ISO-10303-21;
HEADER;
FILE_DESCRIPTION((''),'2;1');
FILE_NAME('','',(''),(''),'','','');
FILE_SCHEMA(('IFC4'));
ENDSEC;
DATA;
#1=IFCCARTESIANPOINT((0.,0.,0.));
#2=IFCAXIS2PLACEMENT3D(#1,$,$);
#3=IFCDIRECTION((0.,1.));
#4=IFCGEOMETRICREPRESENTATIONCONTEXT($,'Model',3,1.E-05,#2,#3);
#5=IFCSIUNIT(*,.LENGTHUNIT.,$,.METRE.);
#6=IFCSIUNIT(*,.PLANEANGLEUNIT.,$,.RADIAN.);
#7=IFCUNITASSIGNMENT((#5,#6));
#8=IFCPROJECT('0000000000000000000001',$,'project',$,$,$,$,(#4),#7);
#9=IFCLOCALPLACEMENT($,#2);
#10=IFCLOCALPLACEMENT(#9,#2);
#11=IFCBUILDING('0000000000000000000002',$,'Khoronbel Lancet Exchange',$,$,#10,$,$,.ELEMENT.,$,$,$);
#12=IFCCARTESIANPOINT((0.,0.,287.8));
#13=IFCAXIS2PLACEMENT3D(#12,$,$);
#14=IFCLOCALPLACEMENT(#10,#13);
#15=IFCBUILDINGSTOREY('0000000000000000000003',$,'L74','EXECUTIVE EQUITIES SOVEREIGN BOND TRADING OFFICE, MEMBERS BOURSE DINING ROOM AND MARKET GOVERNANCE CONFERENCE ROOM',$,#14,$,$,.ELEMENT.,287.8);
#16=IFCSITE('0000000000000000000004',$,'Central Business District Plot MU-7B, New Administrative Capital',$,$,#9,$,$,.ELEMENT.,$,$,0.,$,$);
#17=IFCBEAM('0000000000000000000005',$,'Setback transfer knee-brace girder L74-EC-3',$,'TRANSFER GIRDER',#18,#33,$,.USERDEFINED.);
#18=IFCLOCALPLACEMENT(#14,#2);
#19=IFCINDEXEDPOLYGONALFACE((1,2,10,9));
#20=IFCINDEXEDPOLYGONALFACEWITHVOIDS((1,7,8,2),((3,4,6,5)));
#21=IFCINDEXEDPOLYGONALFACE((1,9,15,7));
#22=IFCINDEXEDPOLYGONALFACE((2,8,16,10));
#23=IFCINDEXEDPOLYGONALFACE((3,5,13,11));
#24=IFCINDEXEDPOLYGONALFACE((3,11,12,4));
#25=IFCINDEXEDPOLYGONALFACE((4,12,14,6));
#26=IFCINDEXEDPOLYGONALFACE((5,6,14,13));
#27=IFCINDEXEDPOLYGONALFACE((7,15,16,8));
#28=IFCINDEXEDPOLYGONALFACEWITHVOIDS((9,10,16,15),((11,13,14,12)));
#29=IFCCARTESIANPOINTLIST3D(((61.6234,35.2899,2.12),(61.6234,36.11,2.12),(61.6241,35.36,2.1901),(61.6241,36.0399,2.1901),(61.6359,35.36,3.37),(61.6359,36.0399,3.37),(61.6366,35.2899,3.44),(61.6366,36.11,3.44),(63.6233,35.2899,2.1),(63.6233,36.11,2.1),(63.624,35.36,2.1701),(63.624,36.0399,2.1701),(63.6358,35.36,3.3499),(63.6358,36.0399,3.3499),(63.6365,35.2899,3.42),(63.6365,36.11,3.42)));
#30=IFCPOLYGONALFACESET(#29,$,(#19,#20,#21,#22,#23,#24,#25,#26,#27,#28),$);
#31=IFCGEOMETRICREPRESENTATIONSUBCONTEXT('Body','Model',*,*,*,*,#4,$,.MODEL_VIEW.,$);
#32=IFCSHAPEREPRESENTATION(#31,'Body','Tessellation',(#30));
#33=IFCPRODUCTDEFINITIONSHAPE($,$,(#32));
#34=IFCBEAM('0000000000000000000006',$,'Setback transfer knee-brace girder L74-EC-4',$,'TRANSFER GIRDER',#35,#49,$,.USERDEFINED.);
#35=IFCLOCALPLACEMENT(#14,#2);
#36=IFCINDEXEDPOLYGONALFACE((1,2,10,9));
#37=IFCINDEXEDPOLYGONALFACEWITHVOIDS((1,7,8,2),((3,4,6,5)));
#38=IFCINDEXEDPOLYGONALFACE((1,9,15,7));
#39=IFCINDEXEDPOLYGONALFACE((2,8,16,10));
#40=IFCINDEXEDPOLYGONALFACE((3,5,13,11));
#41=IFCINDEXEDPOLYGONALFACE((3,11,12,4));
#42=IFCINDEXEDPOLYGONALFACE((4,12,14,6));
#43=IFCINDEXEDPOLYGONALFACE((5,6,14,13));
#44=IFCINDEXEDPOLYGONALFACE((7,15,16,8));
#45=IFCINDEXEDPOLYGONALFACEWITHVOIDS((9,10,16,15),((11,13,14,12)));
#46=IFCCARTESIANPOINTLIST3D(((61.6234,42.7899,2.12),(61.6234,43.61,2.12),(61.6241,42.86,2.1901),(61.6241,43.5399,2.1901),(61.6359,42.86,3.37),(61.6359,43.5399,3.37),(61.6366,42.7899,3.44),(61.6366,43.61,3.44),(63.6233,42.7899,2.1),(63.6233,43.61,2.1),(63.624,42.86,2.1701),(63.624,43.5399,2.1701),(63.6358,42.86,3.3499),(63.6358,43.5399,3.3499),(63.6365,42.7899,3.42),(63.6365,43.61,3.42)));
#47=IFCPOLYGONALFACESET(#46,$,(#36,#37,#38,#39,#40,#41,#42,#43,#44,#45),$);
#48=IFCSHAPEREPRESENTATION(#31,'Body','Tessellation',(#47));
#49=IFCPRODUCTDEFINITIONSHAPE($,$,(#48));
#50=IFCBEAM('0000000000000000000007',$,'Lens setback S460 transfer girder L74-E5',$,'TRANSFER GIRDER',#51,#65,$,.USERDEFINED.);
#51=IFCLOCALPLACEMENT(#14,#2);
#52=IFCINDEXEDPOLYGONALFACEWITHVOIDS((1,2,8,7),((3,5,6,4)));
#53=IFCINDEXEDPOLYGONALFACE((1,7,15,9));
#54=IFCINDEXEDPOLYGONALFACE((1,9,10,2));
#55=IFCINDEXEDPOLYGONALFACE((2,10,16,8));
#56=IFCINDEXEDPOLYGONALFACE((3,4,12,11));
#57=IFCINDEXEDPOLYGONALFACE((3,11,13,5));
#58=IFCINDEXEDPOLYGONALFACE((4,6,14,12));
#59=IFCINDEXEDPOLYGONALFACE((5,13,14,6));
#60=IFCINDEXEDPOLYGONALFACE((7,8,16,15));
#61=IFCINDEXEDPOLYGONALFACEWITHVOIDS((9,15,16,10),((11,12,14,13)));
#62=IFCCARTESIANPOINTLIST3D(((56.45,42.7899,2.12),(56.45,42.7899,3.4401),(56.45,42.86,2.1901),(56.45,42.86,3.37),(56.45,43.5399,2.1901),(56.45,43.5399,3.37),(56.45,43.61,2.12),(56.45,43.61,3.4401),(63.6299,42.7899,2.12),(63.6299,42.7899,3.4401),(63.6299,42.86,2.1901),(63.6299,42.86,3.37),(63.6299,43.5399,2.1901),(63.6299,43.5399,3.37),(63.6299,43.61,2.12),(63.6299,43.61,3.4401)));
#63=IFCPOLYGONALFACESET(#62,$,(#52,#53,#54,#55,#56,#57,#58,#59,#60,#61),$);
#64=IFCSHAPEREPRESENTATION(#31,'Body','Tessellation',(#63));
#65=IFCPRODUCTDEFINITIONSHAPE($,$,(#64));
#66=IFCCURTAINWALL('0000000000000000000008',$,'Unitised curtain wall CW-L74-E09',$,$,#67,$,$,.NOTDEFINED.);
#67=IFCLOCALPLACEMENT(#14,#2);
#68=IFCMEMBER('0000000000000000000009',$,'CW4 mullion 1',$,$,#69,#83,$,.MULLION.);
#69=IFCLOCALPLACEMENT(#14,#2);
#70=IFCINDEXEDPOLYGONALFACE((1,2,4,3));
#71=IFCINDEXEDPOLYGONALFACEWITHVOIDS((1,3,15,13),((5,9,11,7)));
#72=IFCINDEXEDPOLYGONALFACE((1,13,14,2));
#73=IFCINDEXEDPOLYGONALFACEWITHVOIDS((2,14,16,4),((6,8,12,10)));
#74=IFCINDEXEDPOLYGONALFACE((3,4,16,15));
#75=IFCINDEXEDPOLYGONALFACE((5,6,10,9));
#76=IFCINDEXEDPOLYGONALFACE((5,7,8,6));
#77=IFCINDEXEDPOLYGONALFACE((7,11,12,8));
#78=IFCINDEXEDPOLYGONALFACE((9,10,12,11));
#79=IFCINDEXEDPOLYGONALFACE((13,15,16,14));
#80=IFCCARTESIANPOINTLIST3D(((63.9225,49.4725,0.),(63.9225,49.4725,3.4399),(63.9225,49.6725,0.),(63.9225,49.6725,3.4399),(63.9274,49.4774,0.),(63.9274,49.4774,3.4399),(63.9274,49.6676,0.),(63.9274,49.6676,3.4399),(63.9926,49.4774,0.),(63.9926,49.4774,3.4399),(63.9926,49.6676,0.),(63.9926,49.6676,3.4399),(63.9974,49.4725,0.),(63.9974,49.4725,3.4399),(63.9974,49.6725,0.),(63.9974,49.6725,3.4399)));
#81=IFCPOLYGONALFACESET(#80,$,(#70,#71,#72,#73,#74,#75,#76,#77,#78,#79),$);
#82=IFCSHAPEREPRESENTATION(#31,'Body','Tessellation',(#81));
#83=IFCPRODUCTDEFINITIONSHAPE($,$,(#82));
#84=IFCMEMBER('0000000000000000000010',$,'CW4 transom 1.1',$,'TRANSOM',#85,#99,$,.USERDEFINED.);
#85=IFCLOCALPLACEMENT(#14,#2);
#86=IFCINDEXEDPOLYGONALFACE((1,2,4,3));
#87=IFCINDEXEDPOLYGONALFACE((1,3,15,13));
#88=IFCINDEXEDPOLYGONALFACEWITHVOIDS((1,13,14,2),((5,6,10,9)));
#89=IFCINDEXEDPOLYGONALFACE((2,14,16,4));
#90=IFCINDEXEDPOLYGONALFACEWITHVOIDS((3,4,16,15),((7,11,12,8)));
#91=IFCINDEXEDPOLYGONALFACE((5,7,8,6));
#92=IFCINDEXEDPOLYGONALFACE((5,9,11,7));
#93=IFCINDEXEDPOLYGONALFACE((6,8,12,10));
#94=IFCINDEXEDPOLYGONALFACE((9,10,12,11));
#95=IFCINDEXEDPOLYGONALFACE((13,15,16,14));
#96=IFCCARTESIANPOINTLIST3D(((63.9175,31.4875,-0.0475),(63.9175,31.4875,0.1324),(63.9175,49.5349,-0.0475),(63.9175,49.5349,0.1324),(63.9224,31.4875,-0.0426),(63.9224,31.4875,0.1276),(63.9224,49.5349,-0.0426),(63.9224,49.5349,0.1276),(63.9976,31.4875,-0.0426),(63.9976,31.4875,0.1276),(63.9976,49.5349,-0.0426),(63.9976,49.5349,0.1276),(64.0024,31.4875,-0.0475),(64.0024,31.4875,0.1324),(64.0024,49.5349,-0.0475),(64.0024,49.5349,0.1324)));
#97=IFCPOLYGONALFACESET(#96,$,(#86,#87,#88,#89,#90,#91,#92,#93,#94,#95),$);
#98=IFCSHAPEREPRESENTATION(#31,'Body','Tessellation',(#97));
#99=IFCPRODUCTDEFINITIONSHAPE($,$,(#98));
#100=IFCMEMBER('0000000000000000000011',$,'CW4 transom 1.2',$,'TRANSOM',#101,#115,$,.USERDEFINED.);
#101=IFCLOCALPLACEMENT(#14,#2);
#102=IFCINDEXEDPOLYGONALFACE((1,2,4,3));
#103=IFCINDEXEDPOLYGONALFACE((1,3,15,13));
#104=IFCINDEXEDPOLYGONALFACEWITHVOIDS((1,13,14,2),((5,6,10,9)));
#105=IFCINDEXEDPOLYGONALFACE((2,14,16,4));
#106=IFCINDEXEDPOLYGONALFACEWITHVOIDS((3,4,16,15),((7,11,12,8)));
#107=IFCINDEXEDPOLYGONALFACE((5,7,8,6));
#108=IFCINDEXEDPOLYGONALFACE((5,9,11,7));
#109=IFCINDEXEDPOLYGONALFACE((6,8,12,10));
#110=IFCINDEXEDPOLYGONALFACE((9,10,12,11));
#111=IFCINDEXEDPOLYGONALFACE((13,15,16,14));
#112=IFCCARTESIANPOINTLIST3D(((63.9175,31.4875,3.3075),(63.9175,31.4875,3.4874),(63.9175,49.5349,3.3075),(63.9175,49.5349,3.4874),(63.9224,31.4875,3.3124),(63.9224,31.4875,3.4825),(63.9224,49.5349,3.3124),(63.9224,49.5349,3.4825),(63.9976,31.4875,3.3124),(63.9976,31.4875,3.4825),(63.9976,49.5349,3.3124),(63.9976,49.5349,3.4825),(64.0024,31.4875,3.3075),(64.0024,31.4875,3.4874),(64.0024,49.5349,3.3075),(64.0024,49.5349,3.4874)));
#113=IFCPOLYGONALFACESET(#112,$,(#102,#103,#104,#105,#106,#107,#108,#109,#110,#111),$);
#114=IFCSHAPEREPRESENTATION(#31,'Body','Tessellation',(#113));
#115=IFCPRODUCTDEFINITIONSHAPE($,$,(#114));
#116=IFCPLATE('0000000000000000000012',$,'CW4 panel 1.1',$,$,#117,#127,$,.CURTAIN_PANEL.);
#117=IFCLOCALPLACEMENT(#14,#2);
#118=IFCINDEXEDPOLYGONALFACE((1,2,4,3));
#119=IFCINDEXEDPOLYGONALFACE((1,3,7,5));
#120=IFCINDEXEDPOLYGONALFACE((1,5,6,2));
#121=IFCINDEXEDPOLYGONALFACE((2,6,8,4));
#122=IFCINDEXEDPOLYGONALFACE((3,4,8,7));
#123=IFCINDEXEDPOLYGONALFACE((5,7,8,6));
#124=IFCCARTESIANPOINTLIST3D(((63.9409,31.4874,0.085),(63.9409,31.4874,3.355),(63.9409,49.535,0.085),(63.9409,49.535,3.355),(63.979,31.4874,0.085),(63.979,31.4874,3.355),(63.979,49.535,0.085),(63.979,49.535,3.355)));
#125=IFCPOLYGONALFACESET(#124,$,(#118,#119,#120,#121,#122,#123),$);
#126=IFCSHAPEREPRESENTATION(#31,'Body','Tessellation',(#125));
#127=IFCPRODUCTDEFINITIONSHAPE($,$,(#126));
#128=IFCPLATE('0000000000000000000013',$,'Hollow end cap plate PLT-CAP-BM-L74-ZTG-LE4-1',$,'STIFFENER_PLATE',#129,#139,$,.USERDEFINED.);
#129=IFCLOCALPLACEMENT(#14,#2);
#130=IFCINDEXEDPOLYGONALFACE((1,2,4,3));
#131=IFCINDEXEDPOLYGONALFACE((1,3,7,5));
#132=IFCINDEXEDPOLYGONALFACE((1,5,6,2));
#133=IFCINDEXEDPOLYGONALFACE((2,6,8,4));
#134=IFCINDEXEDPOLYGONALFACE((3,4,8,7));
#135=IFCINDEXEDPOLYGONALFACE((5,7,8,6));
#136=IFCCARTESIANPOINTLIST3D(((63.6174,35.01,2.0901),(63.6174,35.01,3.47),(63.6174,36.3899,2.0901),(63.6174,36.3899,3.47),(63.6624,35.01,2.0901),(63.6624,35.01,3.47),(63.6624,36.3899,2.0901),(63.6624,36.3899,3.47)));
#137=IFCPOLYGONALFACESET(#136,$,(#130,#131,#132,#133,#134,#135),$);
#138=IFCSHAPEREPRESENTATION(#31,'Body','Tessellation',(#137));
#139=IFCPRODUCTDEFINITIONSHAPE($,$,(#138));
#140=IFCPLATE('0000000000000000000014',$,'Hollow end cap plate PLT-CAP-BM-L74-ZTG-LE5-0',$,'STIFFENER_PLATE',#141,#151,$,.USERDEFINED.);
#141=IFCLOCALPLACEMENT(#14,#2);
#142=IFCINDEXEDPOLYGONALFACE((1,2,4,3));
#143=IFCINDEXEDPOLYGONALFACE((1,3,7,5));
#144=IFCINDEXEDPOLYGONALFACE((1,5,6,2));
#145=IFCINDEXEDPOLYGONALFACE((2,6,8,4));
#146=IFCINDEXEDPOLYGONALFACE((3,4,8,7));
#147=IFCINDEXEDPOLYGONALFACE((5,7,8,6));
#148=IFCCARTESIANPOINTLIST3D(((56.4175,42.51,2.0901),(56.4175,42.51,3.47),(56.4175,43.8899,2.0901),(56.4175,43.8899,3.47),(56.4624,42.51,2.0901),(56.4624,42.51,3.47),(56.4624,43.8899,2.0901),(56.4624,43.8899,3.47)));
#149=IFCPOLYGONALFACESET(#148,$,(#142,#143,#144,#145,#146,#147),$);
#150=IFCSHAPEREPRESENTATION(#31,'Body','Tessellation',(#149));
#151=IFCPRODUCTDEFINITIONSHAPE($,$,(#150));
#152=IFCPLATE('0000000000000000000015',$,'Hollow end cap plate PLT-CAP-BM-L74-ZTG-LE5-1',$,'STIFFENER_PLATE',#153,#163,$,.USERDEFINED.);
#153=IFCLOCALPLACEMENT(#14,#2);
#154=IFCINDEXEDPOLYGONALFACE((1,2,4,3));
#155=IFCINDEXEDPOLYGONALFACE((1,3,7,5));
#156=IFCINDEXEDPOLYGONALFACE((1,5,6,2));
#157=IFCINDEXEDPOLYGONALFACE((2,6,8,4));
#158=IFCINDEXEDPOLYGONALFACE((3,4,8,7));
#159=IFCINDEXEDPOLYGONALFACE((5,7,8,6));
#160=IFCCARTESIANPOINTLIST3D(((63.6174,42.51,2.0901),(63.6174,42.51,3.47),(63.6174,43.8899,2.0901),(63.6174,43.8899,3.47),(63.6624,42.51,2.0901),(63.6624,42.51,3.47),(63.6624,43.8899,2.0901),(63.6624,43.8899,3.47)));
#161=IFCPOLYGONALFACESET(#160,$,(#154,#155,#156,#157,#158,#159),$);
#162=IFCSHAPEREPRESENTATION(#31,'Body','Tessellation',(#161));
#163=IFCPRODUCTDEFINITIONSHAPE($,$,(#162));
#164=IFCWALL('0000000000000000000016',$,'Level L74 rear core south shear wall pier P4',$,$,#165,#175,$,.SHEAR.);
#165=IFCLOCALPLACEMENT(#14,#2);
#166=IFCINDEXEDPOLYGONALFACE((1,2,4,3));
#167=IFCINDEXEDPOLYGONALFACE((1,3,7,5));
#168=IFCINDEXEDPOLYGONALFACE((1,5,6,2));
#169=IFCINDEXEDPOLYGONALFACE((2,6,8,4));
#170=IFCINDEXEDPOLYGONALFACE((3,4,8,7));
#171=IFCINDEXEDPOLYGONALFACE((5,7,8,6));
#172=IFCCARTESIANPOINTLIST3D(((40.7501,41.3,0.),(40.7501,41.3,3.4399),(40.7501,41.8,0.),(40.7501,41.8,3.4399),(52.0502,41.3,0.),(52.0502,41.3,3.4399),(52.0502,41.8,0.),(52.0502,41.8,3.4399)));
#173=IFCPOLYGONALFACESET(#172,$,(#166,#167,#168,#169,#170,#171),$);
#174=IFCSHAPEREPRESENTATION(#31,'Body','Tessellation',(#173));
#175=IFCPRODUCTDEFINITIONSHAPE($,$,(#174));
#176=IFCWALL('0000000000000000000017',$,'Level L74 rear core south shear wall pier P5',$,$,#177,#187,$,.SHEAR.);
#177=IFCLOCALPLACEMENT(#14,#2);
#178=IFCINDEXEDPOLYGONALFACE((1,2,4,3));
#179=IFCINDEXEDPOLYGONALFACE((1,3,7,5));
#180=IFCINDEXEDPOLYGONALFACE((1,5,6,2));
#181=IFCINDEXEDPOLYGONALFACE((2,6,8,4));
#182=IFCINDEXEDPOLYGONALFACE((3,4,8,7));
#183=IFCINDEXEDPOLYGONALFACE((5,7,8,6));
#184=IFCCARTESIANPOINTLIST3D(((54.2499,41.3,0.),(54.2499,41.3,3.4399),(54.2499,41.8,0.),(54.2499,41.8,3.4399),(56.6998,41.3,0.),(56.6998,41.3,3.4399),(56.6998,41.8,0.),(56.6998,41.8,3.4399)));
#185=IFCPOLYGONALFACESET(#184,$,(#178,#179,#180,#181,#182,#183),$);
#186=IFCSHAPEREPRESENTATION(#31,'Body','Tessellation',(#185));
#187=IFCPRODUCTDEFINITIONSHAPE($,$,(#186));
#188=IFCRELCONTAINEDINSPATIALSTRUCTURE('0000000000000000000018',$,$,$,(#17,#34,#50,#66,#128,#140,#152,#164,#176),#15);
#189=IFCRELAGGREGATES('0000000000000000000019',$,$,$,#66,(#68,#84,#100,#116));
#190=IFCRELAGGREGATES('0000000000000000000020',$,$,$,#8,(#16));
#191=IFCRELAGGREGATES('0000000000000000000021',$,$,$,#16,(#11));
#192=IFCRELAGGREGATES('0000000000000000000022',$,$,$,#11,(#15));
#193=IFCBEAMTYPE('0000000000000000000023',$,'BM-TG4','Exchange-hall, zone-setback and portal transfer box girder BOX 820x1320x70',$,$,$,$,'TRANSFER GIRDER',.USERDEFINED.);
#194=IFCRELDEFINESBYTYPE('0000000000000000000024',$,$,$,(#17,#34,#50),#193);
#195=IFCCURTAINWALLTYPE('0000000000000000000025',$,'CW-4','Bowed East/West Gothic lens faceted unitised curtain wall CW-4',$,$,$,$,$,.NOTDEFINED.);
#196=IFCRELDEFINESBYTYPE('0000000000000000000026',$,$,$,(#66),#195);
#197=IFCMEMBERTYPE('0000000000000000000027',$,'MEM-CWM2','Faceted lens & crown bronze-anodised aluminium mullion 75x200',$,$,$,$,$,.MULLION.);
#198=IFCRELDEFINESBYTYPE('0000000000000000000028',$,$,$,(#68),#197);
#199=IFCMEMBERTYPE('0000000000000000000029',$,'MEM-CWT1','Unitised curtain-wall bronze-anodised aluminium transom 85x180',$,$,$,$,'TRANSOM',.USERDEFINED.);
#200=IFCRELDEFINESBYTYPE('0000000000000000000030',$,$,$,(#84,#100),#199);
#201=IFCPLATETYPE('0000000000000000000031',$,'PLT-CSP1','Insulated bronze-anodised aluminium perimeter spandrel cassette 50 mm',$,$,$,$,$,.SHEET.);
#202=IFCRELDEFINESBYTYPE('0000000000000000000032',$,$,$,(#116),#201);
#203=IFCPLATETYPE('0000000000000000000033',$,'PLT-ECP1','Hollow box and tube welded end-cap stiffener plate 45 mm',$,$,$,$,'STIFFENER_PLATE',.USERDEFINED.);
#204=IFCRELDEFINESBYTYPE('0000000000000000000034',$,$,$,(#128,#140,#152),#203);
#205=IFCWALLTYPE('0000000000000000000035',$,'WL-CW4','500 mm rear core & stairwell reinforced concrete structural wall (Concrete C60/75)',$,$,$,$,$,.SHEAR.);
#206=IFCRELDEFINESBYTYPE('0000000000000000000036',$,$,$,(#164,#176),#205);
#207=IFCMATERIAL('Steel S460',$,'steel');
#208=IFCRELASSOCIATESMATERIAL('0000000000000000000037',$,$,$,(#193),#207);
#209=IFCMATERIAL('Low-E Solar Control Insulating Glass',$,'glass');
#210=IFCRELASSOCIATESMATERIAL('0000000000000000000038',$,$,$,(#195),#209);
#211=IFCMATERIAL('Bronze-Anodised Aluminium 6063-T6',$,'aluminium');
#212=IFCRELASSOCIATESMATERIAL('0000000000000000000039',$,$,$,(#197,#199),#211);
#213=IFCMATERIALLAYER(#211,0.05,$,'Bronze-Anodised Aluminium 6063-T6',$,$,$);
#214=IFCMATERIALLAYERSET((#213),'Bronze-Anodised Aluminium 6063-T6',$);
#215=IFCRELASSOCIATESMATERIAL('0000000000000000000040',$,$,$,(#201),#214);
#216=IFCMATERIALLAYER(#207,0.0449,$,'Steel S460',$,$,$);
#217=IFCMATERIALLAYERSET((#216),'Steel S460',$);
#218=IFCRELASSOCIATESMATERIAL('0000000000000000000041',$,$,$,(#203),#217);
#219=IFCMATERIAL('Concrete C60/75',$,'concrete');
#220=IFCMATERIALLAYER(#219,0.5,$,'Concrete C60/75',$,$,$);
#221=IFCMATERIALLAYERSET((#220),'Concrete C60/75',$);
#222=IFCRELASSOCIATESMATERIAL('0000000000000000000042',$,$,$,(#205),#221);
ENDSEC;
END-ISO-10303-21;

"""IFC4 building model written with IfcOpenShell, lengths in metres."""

from ifc_helpers import new_model, si_unit, direction, frame, frame_2d, origin, origin_2d, place, context, subcontext, project, spatial, rectangle, hollow_rectangle, extrude, material, layer, layer_set, material_profile, profile_set, type_object, element, aggregate, save


model = new_model("IFC4")

# Units and contexts
model_context = context("Model", 3, precision=1e-05, world=origin(), true_north=direction((0.0, 1.0)))
body_context = subcontext(model_context, "Body", "Model", "MODEL_VIEW")
ifc_project = project(units=[si_unit("LENGTHUNIT", "METRE"), si_unit("PLANEANGLEUNIT", "RADIAN")], contexts=[model_context])

# Site, building, storey
site_placement = place(None, origin())
site = spatial("IfcSite", under=ifc_project, at=site_placement, Name="Central Business District Plot MU-7B, New Administrative Capital", CompositionType="ELEMENT", RefElevation=0.0)
building_placement = place(site_placement, origin())
building = spatial("IfcBuilding", under=site, at=building_placement, Name="Khoronbel Lancet Exchange", CompositionType="ELEMENT")
storey_placement = place(building_placement, frame((0.0, 0.0, 287.8)))
storey = spatial("IfcBuildingStorey", under=building, at=storey_placement, Name="L74", Description="EXECUTIVE EQUITIES SOVEREIGN BOND TRADING OFFICE, MEMBERS BOURSE DINING ROOM AND MARKET GOVERNANCE CONFERENCE ROOM", CompositionType="ELEMENT", Elevation=287.8)

# Beams
ifc_material_1 = material(Name="Concrete C60/75", Category="concrete")
ifc_material_2 = material(Name="Steel S460", Category="steel")
ifc_material_profile_1 = material_profile(ifc_material_2, hollow_rectangle(XDim=0.8201, YDim=1.3201, WallThickness=0.0701, at=origin_2d()), Name="BOX 820x1320x70")
ifc_profile_set_1 = profile_set([ifc_material_profile_1], Name="Steel S460")
beam_type_1 = type_object("IfcBeamType", Name="BM-TG4", Description="Exchange-hall, zone-setback and portal transfer box girder BOX 820x1320x70", ElementType="TRANSFER GIRDER", PredefinedType="USERDEFINED", material=ifc_profile_set_1)
for number, where, z_axis, x_axis, name in (
    (1, (63.6299, 35.7, 2.76), (-0.99995, 0.0, 0.010009), (0.0, -1.0, 0.0), "Setback transfer knee-brace girder L74-EC-3"),
    (2, (63.6299, 43.2, 2.76), (-0.99995, 0.0, 0.010009), (0.0, -1.0, 0.0), "Setback transfer knee-brace girder L74-EC-4"),
):
    element("IfcBeam", number, at=place(storey_placement, frame(where, z_axis=z_axis, x_axis=x_axis)), inside=storey, type_object=beam_type_1, Name=name, ObjectType="TRANSFER GIRDER", PredefinedType="USERDEFINED", context=body_context, shape_type="SweptSolid", body=[
        extrude(hollow_rectangle(XDim=0.8201, YDim=1.3201, WallThickness=0.0701, at=origin_2d()), origin(), (0.0, 0.0, 1.0), 2.0),
    ])
beam_1_placement = place(storey_placement, frame((56.45, 43.2, 2.78), z_axis=(1.0, 0.0, 0.0), x_axis=(0.0, 1.0, 0.0)))
element("IfcBeam", 3, at=beam_1_placement, inside=storey, type_object=beam_type_1, Name="Lens setback S460 transfer girder L74-E5", ObjectType="TRANSFER GIRDER", PredefinedType="USERDEFINED", context=body_context, shape_type="SweptSolid", body=[
    extrude(hollow_rectangle(XDim=0.8201, YDim=1.3201, WallThickness=0.0701, at=origin_2d()), origin(), (0.0, 0.0, 1.0), 7.1799),
])

# Curtain wall, members, plate
ifc_material_3 = material(Name="Low-E Solar Control Insulating Glass", Category="glass")
curtain_wall_type = type_object("IfcCurtainWallType", Name="CW-4", Description="Bowed East/West Gothic lens faceted unitised curtain wall CW-4", PredefinedType="NOTDEFINED", material=ifc_material_3)
curtain_wall_placement = place(storey_placement, origin())
curtain_wall = element("IfcCurtainWall", 4, at=curtain_wall_placement, inside=storey, type_object=curtain_wall_type, Name="Unitised curtain wall CW-L74-E09", PredefinedType="NOTDEFINED")
ifc_material_4 = material(Name="Bronze-Anodised Aluminium 6063-T6", Category="aluminium")
ifc_material_profile_2 = material_profile(ifc_material_4, hollow_rectangle(XDim=0.075, YDim=0.2, WallThickness=0.0049, at=origin_2d()), Name="ALU MULLION 75x200")
ifc_profile_set_2 = profile_set([ifc_material_profile_2], Name="Bronze-Anodised Aluminium 6063-T6")
member_type_1 = type_object("IfcMemberType", Name="MEM-CWM2", Description="Faceted lens & crown bronze-anodised aluminium mullion 75x200", PredefinedType="MULLION", material=ifc_profile_set_2)
member_1_placement = place(storey_placement, frame((63.96, 49.5725, 0.0), z_axis=(0.0, 0.0, 1.0), x_axis=(1.0, 0.0, 0.0)))
member_1 = element("IfcMember", 5, at=member_1_placement, type_object=member_type_1, Name="CW4 mullion 1", PredefinedType="MULLION", context=body_context, shape_type="SweptSolid", body=[
    extrude(hollow_rectangle(XDim=0.075, YDim=0.2, WallThickness=0.0049, at=origin_2d()), origin(), (0.0, 0.0, 1.0), 3.4399),
])
ifc_material_profile_3 = material_profile(ifc_material_4, hollow_rectangle(XDim=0.085, YDim=0.1799, WallThickness=0.0049, at=origin_2d()), Name="ALU TRANSOM 85x180")
ifc_profile_set_3 = profile_set([ifc_material_profile_3], Name="Bronze-Anodised Aluminium 6063-T6")
member_type_2 = type_object("IfcMemberType", Name="MEM-CWT1", Description="Unitised curtain-wall bronze-anodised aluminium transom 85x180", ElementType="TRANSOM", PredefinedType="USERDEFINED", material=ifc_profile_set_3)
member_2_placement = place(storey_placement, frame((63.96, 49.5349, 0.0425), z_axis=(0.0, -1.0, 0.0), x_axis=(1.0, 0.0, 0.0)))
member_2 = element("IfcMember", 6, at=member_2_placement, type_object=member_type_2, Name="CW4 transom 1.1", ObjectType="TRANSOM", PredefinedType="USERDEFINED", context=body_context, shape_type="SweptSolid", body=[
    extrude(hollow_rectangle(XDim=0.085, YDim=0.1799, WallThickness=0.0049, at=origin_2d()), origin(), (0.0, 0.0, 1.0), 18.0474),
])
member_3_placement = place(storey_placement, frame((63.96, 49.5349, 3.3975), z_axis=(0.0, -1.0, 0.0), x_axis=(1.0, 0.0, 0.0)))
member_3 = element("IfcMember", 7, at=member_3_placement, type_object=member_type_2, Name="CW4 transom 1.2", ObjectType="TRANSOM", PredefinedType="USERDEFINED", context=body_context, shape_type="SweptSolid", body=[
    extrude(hollow_rectangle(XDim=0.085, YDim=0.1799, WallThickness=0.0049, at=origin_2d()), origin(), (0.0, 0.0, 1.0), 18.0474),
])
ifc_layer_1 = layer(ifc_material_4, 0.05, Name="Bronze-Anodised Aluminium 6063-T6")
ifc_layer_set_1 = layer_set([ifc_layer_1], Name="Bronze-Anodised Aluminium 6063-T6")
plate_type_1 = type_object("IfcPlateType", Name="PLT-CSP1", Description="Insulated bronze-anodised aluminium perimeter spandrel cassette 50 mm", PredefinedType="SHEET", material=ifc_layer_set_1)
plate_placement = place(storey_placement, frame((63.96, 40.5112, 0.085), z_axis=(0.0, 0.0, 1.0), x_axis=(0.0, -1.0, 0.0)))
plate = element("IfcPlate", 8, at=plate_placement, type_object=plate_type_1, Name="CW4 panel 1.1", PredefinedType="CURTAIN_PANEL", context=body_context, shape_type="SweptSolid", body=[
    extrude(rectangle(XDim=18.0476, YDim=0.0381, at=origin_2d()), origin(), (0.0, 0.0, 1.0), 3.27),
])
aggregate(curtain_wall, [member_1, member_2, member_3, plate])

# Plates
ifc_layer_2 = layer(ifc_material_2, 0.0449, Name="Steel S460")
ifc_layer_set_2 = layer_set([ifc_layer_2], Name="Steel S460")
plate_type_2 = type_object("IfcPlateType", Name="PLT-ECP1", Description="Hollow box and tube welded end-cap stiffener plate 45 mm", ElementType="STIFFENER_PLATE", PredefinedType="USERDEFINED", material=ifc_layer_set_2)
for number, where, z_axis, x_axis, name in (
    (9, (63.6399, 35.7, 2.0901), (0.0, 0.0, 1.0), (1.0, 0.0, 0.0), "Hollow end cap plate PLT-CAP-BM-L74-ZTG-LE4-1"),
    (10, (56.4399, 43.2, 2.0901), (0.0, 0.0, 1.0), (-1.0, 0.0, 0.0), "Hollow end cap plate PLT-CAP-BM-L74-ZTG-LE5-0"),
    (11, (63.6399, 43.2, 2.0901), (0.0, 0.0, 1.0), (1.0, 0.0, 0.0), "Hollow end cap plate PLT-CAP-BM-L74-ZTG-LE5-1"),
):
    element("IfcPlate", number, at=place(storey_placement, frame(where, z_axis=z_axis, x_axis=x_axis)), inside=storey, type_object=plate_type_2, Name=name, ObjectType="STIFFENER_PLATE", PredefinedType="USERDEFINED", context=body_context, shape_type="SweptSolid", body=[
        extrude(rectangle(XDim=0.0449, YDim=1.3799, at=origin_2d()), origin(), (0.0, 0.0, 1.0), 1.3799),
    ])

# Walls
ifc_layer_3 = layer(ifc_material_1, 0.5, Name="Concrete C60/75")
ifc_layer_set_3 = layer_set([ifc_layer_3], Name="Concrete C60/75")
wall_type_1 = type_object("IfcWallType", Name="WL-CW4", Description="500 mm rear core & stairwell reinforced concrete structural wall (Concrete C60/75)", PredefinedType="SHEAR", material=ifc_layer_set_3)
wall_1_placement = place(storey_placement, frame((52.05, 41.55, 0.0), z_axis=(0.0, 0.0, 1.0), x_axis=(-1.0, 0.0, 0.0)))
element("IfcWall", 12, at=wall_1_placement, inside=storey, type_object=wall_type_1, Name="Level L74 rear core south shear wall pier P4", PredefinedType="SHEAR", context=body_context, shape_type="SweptSolid", body=[
    extrude(rectangle(XDim=11.3, YDim=0.5, at=frame_2d((5.6499, 0.0))), origin(), (0.0, 0.0, 1.0), 3.4399),
])
wall_2_placement = place(storey_placement, frame((56.7, 41.55, 0.0), z_axis=(0.0, 0.0, 1.0), x_axis=(-1.0, 0.0, 0.0)))
element("IfcWall", 13, at=wall_2_placement, inside=storey, type_object=wall_type_1, Name="Level L74 rear core south shear wall pier P5", PredefinedType="SHEAR", context=body_context, shape_type="SweptSolid", body=[
    extrude(rectangle(XDim=2.45, YDim=0.5, at=frame_2d((1.2251, 0.0))), origin(), (0.0, 0.0, 1.0), 3.4399),
])

save(model, "model.ifc")
